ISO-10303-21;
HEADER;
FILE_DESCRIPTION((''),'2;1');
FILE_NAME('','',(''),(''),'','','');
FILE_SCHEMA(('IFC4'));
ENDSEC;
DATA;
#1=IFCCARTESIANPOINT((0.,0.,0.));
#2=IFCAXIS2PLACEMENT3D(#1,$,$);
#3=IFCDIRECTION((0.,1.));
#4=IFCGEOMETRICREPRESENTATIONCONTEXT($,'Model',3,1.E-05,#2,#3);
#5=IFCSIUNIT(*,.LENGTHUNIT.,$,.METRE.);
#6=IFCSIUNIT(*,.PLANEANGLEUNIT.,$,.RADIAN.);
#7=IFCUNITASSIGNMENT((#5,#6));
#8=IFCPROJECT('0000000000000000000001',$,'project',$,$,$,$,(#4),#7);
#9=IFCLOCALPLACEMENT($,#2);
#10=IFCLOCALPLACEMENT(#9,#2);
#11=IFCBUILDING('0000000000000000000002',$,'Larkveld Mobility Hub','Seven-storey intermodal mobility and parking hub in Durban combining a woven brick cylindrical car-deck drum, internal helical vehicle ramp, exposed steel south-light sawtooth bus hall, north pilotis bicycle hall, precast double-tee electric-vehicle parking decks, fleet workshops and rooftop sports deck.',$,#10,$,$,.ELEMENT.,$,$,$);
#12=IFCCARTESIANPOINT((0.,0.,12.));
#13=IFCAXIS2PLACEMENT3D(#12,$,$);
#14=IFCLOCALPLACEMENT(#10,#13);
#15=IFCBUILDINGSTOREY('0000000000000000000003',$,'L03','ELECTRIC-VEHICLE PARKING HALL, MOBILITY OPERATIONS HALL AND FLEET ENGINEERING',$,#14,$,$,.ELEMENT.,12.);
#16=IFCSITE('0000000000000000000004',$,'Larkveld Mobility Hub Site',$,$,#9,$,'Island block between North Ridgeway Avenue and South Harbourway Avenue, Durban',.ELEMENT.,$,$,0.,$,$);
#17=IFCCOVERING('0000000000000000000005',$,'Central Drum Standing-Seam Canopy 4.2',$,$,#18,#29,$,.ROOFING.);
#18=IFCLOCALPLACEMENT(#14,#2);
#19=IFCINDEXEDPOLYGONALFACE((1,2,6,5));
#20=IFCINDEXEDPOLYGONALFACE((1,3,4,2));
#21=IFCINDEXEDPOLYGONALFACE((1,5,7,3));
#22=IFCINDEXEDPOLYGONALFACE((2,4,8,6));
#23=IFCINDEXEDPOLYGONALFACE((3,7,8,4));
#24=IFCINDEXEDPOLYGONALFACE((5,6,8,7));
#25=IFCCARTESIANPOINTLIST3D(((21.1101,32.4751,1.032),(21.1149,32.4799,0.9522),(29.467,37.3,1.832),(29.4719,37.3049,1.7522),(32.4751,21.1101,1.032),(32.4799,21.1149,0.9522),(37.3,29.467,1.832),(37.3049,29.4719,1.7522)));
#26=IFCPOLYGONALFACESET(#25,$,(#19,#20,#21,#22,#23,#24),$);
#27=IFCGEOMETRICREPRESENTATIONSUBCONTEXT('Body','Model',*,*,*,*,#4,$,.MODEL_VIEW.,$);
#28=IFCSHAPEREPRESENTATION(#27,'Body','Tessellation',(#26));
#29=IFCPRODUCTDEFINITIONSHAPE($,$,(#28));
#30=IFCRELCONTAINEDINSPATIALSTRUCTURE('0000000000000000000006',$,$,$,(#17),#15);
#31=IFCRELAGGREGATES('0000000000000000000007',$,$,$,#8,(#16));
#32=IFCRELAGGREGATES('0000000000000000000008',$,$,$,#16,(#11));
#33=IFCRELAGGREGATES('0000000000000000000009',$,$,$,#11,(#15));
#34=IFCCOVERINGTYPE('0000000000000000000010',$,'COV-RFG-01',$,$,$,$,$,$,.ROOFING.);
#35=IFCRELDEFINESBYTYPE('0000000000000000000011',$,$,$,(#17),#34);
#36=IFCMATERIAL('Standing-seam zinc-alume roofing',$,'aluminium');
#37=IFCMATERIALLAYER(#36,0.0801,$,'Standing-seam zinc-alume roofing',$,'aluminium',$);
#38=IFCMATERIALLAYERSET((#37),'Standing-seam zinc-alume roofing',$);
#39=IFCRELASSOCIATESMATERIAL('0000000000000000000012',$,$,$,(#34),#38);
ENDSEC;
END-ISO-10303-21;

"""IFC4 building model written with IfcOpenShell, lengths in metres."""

from ifc_helpers import new_model, si_unit, direction, frame, origin, place, context, subcontext, project, spatial, polyline, outline, extrude, material, layer, layer_set, type_object, element, save


model = new_model("IFC4")

# Units and contexts
model_context = context("Model", 3, precision=1e-05, world=origin(), true_north=direction((0.0, 1.0)))
body_context = subcontext(model_context, "Body", "Model", "MODEL_VIEW")
ifc_project = project(units=[si_unit("LENGTHUNIT", "METRE"), si_unit("PLANEANGLEUNIT", "RADIAN")], contexts=[model_context])

# Site, building, storey
site_placement = place(None, origin())
site = spatial("IfcSite", under=ifc_project, at=site_placement, Name="Larkveld Mobility Hub Site", LongName="Island block between North Ridgeway Avenue and South Harbourway Avenue, Durban", CompositionType="ELEMENT", RefElevation=0.0)
building_placement = place(site_placement, origin())
building = spatial("IfcBuilding", under=site, at=building_placement, Name="Larkveld Mobility Hub", Description="Seven-storey intermodal mobility and parking hub in Durban combining a woven brick cylindrical car-deck drum, internal helical vehicle ramp, exposed steel south-light sawtooth bus hall, north pilotis bicycle hall, precast double-tee electric-vehicle parking decks, fleet workshops and rooftop sports deck.", CompositionType="ELEMENT")
storey_placement = place(building_placement, frame((0.0, 0.0, 12.0)))
storey = spatial("IfcBuildingStorey", under=building, at=storey_placement, Name="L03", Description="ELECTRIC-VEHICLE PARKING HALL, MOBILITY OPERATIONS HALL AND FLEET ENGINEERING", CompositionType="ELEMENT", Elevation=12.0)

# Covering
ifc_material_1 = material(Name="Standing-seam zinc-alume roofing", Category="aluminium")
ifc_layer_1 = layer(ifc_material_1, 0.0801, Name="Standing-seam zinc-alume roofing", Category="aluminium")
ifc_layer_set_1 = layer_set([ifc_layer_1], Name="Standing-seam zinc-alume roofing")
covering_type = type_object("IfcCoveringType", Name="COV-RFG-01", PredefinedType="ROOFING", material=ifc_layer_set_1)
covering_1_placement = place(storey_placement, frame((21.1101, 32.4751, 1.032), z_axis=(-0.060471, -0.060471, 0.996337), x_axis=(0.707107, -0.707107, 0.0)))
element("IfcCovering", 1, at=covering_1_placement, inside=storey, type_object=covering_type, Name="Central Drum Standing-Seam Canopy 4.2", PredefinedType="ROOFING", context=body_context, shape_type="SweptSolid", body=[
    extrude(outline(polyline([(0.0, 0.0), (16.0725, 0.0), (13.575, 9.3553), (2.4975, 9.3553), (0.0, 0.0)])), origin(), (0.0, 0.0, -1.0), 0.0801),
])

save(model, "model.ifc")
